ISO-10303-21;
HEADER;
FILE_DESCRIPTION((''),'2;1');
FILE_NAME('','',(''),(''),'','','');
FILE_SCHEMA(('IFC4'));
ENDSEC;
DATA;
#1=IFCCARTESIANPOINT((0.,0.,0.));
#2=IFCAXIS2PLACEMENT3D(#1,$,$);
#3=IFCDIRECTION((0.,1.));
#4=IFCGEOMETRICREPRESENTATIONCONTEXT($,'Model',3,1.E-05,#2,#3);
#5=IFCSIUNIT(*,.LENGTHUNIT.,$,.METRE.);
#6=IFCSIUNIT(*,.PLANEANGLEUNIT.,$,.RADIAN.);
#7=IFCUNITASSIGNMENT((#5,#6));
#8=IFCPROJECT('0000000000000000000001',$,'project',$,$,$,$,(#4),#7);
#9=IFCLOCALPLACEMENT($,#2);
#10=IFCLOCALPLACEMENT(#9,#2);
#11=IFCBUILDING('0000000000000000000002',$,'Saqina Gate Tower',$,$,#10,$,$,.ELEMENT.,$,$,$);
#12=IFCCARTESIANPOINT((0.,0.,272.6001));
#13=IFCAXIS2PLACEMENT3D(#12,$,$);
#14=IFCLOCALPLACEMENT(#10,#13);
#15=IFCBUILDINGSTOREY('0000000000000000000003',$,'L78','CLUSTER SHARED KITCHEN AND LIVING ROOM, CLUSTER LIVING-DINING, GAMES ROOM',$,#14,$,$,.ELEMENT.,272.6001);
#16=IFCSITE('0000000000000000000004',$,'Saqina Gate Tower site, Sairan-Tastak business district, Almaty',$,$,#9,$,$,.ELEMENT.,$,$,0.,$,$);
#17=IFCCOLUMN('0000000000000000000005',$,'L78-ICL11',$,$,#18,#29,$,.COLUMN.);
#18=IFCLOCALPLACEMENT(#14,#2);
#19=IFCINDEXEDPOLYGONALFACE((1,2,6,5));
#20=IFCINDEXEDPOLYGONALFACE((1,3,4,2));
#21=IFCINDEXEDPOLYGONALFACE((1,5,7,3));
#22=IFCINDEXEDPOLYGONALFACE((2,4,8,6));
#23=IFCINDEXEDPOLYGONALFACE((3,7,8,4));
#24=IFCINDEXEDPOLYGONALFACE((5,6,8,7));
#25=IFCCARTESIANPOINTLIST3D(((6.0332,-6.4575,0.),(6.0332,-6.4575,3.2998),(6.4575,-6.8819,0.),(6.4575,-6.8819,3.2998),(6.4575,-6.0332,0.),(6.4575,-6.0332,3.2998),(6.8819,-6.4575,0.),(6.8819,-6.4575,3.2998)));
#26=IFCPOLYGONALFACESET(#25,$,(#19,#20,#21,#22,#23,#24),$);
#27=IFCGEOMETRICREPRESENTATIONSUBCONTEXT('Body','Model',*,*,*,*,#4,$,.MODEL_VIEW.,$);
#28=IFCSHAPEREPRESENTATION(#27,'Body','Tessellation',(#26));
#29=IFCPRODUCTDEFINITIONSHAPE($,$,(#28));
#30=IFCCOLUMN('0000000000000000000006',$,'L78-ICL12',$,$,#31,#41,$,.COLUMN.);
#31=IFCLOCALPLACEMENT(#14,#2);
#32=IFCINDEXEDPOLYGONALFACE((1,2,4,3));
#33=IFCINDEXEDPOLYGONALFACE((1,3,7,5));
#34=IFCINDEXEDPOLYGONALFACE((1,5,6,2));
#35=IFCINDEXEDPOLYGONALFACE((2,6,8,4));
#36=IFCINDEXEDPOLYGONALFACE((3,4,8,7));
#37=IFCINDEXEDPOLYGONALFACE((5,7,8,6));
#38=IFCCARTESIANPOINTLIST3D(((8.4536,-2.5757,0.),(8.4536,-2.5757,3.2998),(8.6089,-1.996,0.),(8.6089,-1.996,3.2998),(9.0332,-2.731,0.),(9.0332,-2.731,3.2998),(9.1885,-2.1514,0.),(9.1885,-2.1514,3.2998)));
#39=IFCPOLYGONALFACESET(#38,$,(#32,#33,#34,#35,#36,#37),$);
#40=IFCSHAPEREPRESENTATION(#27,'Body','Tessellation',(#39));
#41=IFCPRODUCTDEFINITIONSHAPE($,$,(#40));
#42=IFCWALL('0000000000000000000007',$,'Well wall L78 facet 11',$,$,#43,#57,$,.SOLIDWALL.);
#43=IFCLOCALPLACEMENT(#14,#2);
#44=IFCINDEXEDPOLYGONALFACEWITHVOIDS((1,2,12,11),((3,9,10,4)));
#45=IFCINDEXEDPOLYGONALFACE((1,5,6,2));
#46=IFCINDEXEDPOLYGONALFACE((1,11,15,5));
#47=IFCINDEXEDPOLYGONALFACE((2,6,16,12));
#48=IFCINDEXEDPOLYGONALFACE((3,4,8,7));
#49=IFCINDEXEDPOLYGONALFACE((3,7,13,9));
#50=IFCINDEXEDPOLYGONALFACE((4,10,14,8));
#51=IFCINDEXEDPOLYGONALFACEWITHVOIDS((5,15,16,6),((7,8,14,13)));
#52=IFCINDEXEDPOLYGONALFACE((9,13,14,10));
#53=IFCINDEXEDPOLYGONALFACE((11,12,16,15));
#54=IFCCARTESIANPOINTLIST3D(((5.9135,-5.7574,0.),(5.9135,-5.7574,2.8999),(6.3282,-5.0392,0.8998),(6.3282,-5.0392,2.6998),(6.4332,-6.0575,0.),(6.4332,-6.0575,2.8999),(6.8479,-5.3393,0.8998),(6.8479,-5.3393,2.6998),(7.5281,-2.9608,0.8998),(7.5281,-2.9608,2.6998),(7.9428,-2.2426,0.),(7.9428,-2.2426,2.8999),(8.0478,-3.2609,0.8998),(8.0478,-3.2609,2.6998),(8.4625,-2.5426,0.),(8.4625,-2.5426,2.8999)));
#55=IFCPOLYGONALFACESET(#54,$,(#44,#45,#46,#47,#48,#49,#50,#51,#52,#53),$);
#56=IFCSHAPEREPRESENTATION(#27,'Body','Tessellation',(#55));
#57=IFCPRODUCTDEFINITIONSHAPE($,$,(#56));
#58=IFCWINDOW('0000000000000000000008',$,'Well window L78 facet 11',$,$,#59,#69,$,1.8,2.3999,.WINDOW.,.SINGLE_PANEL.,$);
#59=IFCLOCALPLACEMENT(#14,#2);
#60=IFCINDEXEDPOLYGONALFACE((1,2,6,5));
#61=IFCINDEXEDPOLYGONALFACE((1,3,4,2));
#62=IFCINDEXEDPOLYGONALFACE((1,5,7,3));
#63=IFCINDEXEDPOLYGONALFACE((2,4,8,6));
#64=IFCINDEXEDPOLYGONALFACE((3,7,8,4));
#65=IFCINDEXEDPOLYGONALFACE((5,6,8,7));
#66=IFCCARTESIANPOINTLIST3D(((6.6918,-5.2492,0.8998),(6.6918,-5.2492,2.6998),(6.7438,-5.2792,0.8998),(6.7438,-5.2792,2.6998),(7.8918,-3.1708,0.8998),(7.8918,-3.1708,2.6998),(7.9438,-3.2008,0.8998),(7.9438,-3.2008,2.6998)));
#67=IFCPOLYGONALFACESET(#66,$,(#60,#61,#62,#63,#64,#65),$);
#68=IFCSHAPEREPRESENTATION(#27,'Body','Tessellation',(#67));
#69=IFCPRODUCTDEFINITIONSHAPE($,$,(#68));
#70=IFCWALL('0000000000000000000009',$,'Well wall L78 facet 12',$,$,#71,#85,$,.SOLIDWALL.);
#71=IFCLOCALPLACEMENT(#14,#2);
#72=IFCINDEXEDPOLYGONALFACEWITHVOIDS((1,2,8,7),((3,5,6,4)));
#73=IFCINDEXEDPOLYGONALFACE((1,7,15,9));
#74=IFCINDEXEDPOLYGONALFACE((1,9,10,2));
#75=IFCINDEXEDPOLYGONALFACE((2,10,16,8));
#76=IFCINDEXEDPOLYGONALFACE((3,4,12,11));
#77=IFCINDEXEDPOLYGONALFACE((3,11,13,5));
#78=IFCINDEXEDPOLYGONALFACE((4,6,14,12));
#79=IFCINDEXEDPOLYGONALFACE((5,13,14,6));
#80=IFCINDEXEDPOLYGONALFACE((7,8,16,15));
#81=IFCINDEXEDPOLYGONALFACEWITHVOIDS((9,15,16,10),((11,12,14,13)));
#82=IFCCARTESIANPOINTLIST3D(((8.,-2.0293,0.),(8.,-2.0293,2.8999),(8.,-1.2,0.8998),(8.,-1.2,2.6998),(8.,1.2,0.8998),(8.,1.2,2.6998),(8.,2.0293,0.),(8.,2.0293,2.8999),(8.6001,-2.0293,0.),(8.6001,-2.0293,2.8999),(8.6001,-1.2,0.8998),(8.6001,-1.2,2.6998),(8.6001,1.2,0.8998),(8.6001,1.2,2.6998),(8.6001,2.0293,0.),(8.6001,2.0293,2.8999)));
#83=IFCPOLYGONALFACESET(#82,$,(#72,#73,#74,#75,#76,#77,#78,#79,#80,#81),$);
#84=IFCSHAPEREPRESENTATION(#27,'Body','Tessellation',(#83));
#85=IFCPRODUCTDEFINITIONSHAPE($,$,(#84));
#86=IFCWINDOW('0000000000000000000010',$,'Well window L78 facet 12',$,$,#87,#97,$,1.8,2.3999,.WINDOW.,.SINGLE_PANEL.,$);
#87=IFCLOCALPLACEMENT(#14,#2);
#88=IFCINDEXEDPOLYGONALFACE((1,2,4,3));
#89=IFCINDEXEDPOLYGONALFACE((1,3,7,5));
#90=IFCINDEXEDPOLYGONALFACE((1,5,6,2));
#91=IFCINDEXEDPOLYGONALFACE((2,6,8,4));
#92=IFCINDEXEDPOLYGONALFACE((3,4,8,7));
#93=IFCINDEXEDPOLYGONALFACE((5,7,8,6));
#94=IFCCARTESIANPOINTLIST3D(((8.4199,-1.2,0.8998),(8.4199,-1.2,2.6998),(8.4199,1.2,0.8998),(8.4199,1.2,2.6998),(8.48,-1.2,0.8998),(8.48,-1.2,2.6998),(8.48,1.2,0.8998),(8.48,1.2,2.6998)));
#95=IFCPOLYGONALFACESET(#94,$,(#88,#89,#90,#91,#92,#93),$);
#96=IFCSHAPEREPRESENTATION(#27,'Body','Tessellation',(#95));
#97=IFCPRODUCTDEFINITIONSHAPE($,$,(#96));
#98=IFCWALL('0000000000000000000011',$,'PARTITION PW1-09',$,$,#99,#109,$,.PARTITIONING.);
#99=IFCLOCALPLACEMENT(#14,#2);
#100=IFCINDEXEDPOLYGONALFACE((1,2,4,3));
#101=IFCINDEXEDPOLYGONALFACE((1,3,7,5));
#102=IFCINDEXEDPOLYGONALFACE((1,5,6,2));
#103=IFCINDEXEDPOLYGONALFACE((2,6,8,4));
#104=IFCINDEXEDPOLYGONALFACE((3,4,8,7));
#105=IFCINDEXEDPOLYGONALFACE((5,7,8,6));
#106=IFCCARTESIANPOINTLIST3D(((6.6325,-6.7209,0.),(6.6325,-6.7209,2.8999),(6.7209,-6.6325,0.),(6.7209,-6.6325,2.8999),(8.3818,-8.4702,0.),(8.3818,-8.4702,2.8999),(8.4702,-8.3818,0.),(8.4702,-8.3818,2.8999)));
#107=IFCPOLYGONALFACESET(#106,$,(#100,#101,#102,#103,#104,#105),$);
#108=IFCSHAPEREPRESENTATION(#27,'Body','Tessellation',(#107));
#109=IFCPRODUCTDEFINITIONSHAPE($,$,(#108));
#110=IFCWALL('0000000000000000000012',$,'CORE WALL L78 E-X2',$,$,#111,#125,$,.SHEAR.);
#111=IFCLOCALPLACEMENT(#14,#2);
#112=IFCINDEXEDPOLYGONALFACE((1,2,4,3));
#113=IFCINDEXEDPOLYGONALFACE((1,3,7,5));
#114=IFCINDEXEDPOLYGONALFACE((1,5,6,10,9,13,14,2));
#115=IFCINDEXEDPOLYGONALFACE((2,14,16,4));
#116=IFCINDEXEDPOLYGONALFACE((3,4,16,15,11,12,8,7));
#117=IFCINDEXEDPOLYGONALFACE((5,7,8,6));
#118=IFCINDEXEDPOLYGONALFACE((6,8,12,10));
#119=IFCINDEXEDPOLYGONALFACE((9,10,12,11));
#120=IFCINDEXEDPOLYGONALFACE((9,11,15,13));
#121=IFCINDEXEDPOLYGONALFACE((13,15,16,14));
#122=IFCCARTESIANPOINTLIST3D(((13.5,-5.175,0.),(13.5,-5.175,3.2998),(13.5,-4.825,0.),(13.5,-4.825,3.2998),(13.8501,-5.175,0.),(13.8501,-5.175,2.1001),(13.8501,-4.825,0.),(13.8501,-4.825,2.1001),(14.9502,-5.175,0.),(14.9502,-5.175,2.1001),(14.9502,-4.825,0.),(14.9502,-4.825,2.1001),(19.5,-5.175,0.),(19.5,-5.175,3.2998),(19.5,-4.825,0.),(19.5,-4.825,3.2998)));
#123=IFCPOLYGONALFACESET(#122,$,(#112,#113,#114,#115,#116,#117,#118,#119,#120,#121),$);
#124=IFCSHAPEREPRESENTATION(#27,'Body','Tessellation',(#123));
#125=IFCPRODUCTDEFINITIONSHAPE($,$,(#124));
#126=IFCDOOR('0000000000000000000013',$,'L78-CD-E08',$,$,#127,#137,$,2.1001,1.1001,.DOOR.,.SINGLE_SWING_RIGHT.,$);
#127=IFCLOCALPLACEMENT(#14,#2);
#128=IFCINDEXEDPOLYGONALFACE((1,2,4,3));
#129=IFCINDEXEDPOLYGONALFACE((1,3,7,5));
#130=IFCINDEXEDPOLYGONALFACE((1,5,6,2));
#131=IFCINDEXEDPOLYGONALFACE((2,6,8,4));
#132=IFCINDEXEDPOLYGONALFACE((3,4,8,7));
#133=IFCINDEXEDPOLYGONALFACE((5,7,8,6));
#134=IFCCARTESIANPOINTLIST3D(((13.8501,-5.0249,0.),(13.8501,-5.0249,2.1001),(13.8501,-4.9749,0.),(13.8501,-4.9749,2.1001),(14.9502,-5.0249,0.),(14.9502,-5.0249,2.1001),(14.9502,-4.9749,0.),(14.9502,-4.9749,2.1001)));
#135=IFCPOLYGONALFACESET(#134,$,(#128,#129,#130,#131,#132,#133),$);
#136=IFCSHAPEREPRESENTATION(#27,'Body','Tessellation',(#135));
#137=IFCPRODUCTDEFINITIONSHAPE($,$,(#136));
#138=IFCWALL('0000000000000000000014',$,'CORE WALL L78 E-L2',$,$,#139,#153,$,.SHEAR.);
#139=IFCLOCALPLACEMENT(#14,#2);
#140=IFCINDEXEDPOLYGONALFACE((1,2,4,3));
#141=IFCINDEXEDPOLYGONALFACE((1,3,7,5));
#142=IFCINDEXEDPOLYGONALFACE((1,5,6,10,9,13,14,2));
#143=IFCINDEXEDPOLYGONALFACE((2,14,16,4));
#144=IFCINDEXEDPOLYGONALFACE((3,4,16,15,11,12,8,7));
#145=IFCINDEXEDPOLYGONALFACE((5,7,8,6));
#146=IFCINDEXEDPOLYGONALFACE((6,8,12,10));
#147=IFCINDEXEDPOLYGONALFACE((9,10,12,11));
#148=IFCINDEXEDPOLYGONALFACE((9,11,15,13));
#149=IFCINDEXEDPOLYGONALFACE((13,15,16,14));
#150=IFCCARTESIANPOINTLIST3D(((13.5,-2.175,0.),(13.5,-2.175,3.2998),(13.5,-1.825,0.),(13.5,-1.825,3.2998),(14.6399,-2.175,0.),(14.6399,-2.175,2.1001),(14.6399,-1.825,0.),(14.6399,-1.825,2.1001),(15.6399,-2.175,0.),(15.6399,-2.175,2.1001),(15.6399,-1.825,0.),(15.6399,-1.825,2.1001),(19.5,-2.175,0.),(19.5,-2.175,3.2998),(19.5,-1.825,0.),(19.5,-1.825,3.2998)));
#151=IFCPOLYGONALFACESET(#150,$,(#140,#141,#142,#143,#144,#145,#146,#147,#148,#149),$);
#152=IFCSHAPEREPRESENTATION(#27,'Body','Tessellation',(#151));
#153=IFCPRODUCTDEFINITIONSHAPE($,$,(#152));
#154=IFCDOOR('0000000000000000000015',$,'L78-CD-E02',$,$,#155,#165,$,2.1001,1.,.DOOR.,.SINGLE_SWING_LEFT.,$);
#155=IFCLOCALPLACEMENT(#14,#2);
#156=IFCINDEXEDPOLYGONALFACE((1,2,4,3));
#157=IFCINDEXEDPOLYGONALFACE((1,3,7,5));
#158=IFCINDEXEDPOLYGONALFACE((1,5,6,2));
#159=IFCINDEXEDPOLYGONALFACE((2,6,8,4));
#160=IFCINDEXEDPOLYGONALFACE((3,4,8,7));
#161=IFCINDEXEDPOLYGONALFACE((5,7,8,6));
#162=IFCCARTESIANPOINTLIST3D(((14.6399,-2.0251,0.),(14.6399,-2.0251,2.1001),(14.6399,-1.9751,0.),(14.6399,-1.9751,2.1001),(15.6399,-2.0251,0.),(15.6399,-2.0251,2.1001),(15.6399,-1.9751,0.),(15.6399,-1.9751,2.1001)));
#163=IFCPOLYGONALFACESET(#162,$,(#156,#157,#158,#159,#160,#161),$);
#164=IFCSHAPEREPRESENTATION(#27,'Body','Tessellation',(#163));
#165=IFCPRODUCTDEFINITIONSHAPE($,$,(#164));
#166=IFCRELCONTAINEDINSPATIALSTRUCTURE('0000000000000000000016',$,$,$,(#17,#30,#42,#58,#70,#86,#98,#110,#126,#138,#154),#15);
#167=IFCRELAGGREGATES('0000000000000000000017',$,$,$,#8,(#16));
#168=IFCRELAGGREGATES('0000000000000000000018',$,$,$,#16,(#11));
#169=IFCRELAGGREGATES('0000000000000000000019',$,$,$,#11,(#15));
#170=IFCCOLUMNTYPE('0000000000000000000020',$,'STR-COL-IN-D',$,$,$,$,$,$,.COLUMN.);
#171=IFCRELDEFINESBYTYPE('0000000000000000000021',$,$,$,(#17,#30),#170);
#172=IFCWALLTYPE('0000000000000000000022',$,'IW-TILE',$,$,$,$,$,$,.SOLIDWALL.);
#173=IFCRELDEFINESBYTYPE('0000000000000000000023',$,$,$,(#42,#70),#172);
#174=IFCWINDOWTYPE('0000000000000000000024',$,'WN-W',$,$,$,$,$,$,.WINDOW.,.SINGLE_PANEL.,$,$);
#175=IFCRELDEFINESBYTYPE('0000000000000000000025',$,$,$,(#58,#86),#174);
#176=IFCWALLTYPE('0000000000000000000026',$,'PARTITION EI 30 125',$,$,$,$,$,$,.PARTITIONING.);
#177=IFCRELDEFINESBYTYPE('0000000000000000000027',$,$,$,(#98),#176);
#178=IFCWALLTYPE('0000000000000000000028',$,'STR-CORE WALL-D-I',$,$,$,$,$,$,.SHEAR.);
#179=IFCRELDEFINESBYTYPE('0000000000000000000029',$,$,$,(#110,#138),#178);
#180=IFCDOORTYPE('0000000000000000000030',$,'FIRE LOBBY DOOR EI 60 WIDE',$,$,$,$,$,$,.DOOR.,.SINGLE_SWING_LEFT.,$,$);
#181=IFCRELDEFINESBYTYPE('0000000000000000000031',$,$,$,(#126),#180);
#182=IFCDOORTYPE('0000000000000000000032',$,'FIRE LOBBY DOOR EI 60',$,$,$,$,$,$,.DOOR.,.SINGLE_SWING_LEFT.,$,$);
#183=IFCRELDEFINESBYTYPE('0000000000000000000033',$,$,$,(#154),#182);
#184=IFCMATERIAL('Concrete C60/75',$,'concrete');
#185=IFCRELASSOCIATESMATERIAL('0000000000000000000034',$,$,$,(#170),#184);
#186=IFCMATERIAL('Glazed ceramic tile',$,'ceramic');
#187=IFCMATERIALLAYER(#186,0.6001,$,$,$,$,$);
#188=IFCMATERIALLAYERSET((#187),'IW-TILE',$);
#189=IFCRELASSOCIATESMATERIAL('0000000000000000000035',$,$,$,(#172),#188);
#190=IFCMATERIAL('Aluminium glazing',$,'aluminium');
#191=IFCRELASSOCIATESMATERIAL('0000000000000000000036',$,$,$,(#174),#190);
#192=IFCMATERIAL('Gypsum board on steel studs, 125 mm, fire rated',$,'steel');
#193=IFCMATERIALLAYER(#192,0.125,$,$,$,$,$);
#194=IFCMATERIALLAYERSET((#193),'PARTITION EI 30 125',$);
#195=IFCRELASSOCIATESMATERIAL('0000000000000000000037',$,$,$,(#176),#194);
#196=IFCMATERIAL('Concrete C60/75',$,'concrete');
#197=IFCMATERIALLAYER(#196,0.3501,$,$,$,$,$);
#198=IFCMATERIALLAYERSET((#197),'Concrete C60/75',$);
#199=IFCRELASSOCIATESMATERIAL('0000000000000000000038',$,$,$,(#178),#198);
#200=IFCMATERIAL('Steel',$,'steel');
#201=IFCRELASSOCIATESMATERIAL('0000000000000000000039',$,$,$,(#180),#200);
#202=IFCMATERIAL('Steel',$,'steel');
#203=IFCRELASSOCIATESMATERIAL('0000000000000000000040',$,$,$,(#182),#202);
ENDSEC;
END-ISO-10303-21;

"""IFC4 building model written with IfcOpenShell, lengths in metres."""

from ifc_helpers import new_model, si_unit, direction, frame, frame_2d, origin, origin_2d, place, context, subcontext, project, spatial, rectangle, extrude, material, layer, layer_set, material_profile, profile_set, type_object, element, fill, save


model = new_model("IFC4")

# Units and contexts
model_context = context("Model", 3, precision=1e-05, world=origin(), true_north=direction((0.0, 1.0)))
body_context = subcontext(model_context, "Body", "Model", "MODEL_VIEW")
ifc_project = project(units=[si_unit("LENGTHUNIT", "METRE"), si_unit("PLANEANGLEUNIT", "RADIAN")], contexts=[model_context])

# Site, building, storey
site_placement = place(None, origin())
site = spatial("IfcSite", under=ifc_project, at=site_placement, Name="Saqina Gate Tower site, Sairan-Tastak business district, Almaty", CompositionType="ELEMENT", RefElevation=0.0)
building_placement = place(site_placement, origin())
building = spatial("IfcBuilding", under=site, at=building_placement, Name="Saqina Gate Tower", CompositionType="ELEMENT")
storey_placement = place(building_placement, frame((0.0, 0.0, 272.6001)))
storey = spatial("IfcBuildingStorey", under=building, at=storey_placement, Name="L78", Description="CLUSTER SHARED KITCHEN AND LIVING ROOM, CLUSTER LIVING-DINING, GAMES ROOM", CompositionType="ELEMENT", Elevation=272.6001)

# Columns
ifc_material_1 = material(Name="Concrete C60/75", Category="concrete")
ifc_material_profile = material_profile(ifc_material_1, rectangle(XDim=0.6001, YDim=0.6001, at=origin_2d()), Name="RC 600x600")
ifc_profile_set = profile_set([ifc_material_profile], Name="Concrete C60/75")
column_type = type_object("IfcColumnType", Name="STR-COL-IN-D", PredefinedType="COLUMN", material=ifc_profile_set)
for number, where, z_axis, x_axis, name in (
    (1, (6.4575, -6.4575, 0.0), (0.0, 0.0, 1.0), (0.707107, -0.707107, 0.0), "L78-ICL11"),
    (2, (8.821, -2.3635, 0.0), (0.0, 0.0, 1.0), (0.965926, -0.258819, 0.0), "L78-ICL12"),
):
    element("IfcColumn", number, at=place(storey_placement, frame(where, z_axis=z_axis, x_axis=x_axis)), inside=storey, type_object=column_type, Name=name, PredefinedType="COLUMN", context=body_context, shape_type="SweptSolid", body=[
        extrude(rectangle(XDim=0.6001, YDim=0.6001, at=origin_2d()), origin(), (0.0, 0.0, 1.0), 3.2998),
    ])

# Walls, openings, windows
ifc_material_2 = material(Name="Glazed ceramic tile", Category="ceramic")
ifc_layer_1 = layer(ifc_material_2, 0.6001)
ifc_layer_set_1 = layer_set([ifc_layer_1], Name="IW-TILE")
wall_type_1 = type_object("IfcWallType", Name="IW-TILE", PredefinedType="SOLIDWALL", material=ifc_layer_set_1)
wall_1_placement = place(storey_placement, frame((6.1733, -5.9075, 0.0), z_axis=(0.0, 0.0, 1.0), x_axis=(0.499995, 0.866028, 0.0)))
wall_1 = element("IfcWall", 3, at=wall_1_placement, inside=storey, type_object=wall_type_1, Name="Well wall L78 facet 11", PredefinedType="SOLIDWALL", context=body_context, shape_type="SweptSolid", body=[
    extrude(rectangle(XDim=4.0586, YDim=0.6001, at=frame_2d((2.0293, 0.0))), origin(), (0.0, 0.0, 1.0), 2.8999),
])
opening_1_placement = place(wall_1_placement, frame((0.8293, 0.0, 0.8999)))
opening_1 = element("IfcOpeningElement", 4, at=opening_1_placement, cuts=wall_1, PredefinedType="OPENING", context=body_context, shape_type="SweptSolid", body=[
    extrude(rectangle(XDim=2.3999, YDim=1.8, at=frame_2d((1.2, 0.8999))), frame((0.0, 0.312, 0.0), z_axis=(0.0, -1.0, 0.0), x_axis=(1.0, 0.0, 0.0)), (0.0, 0.0, 1.0), 0.624),
])
ifc_material_3 = material(Name="Aluminium glazing", Category="aluminium")
window_type = type_object("IfcWindowType", Name="WN-W", PartitioningType="SINGLE_PANEL", PredefinedType="WINDOW", material=ifc_material_3)
window_1_placement = place(opening_1_placement, origin())
window_1 = element("IfcWindow", 5, at=window_1_placement, inside=storey, type_object=window_type, Name="Well window L78 facet 11", OverallHeight=1.8, OverallWidth=2.3999, PartitioningType="SINGLE_PANEL", PredefinedType="WINDOW", context=body_context, shape_type="SweptSolid", body=[
    extrude(rectangle(XDim=2.3999, YDim=1.8, at=frame_2d((1.2, 0.8999))), frame((0.0, -0.1199, 0.0), z_axis=(0.0, -1.0, 0.0), x_axis=(1.0, 0.0, 0.0)), (0.0, 0.0, 1.0), 0.0601),
])
fill(opening_1, window_1)
wall_2_placement = place(storey_placement, frame((8.3, -2.0293, 0.0), z_axis=(0.0, 0.0, 1.0), x_axis=(0.0, 1.0, 0.0)))
wall_2 = element("IfcWall", 6, at=wall_2_placement, inside=storey, type_object=wall_type_1, Name="Well wall L78 facet 12", PredefinedType="SOLIDWALL", context=body_context, shape_type="SweptSolid", body=[
    extrude(rectangle(XDim=4.0586, YDim=0.6001, at=frame_2d((2.0293, 0.0))), origin(), (0.0, 0.0, 1.0), 2.8999),
])
opening_2_placement = place(wall_2_placement, frame((0.8293, 0.0, 0.8999)))
opening_2 = element("IfcOpeningElement", 7, at=opening_2_placement, cuts=wall_2, PredefinedType="OPENING", context=body_context, shape_type="SweptSolid", body=[
    extrude(rectangle(XDim=2.3999, YDim=1.8, at=frame_2d((1.2, 0.8999))), frame((0.0, 0.312, 0.0), z_axis=(0.0, -1.0, 0.0), x_axis=(1.0, 0.0, 0.0)), (0.0, 0.0, 1.0), 0.624),
])
window_2_placement = place(opening_2_placement, origin())
window_2 = element("IfcWindow", 8, at=window_2_placement, inside=storey, type_object=window_type, Name="Well window L78 facet 12", OverallHeight=1.8, OverallWidth=2.3999, PartitioningType="SINGLE_PANEL", PredefinedType="WINDOW", context=body_context, shape_type="SweptSolid", body=[
    extrude(rectangle(XDim=2.3999, YDim=1.8, at=frame_2d((1.2, 0.8999))), frame((0.0, -0.1199, 0.0), z_axis=(0.0, -1.0, 0.0), x_axis=(1.0, 0.0, 0.0)), (0.0, 0.0, 1.0), 0.0601),
])
fill(opening_2, window_2)

# Wall
ifc_material_4 = material(Name="Gypsum board on steel studs, 125 mm, fire rated", Category="steel")
ifc_layer_2 = layer(ifc_material_4, 0.125)
ifc_layer_set_2 = layer_set([ifc_layer_2], Name="PARTITION EI 30 125")
wall_type_2 = type_object("IfcWallType", Name="PARTITION EI 30 125", PredefinedType="PARTITIONING", material=ifc_layer_set_2)
wall_3_placement = place(storey_placement, frame((6.6768, -6.6768, 0.0), z_axis=(0.0, 0.0, 1.0), x_axis=(0.707107, -0.707107, 0.0)))
element("IfcWall", 9, at=wall_3_placement, inside=storey, type_object=wall_type_2, Name="PARTITION PW1-09", PredefinedType="PARTITIONING", context=body_context, shape_type="SweptSolid", body=[
    extrude(rectangle(XDim=2.4739, YDim=0.125, at=frame_2d((1.2368, 0.0))), origin(), (0.0, 0.0, 1.0), 2.8999),
])

# Walls, openings, doors
ifc_material_5 = material(Name="Concrete C60/75", Category="concrete")
ifc_layer_3 = layer(ifc_material_5, 0.3501)
ifc_layer_set_3 = layer_set([ifc_layer_3], Name="Concrete C60/75")
wall_type_3 = type_object("IfcWallType", Name="STR-CORE WALL-D-I", PredefinedType="SHEAR", material=ifc_layer_set_3)
wall_4_placement = place(storey_placement, frame((13.5, -5.0, 0.0), z_axis=(0.0, 0.0, 1.0), x_axis=(1.0, 0.0, 0.0)))
wall_4 = element("IfcWall", 10, at=wall_4_placement, inside=storey, type_object=wall_type_3, Name="CORE WALL L78 E-X2", PredefinedType="SHEAR", context=body_context, shape_type="SweptSolid", body=[
    extrude(rectangle(XDim=6.0, YDim=0.3501, at=frame_2d((3.0, 0.0))), origin(), (0.0, 0.0, 1.0), 3.2998),
])
opening_3_placement = place(wall_4_placement, frame((0.3501, 0.0, 0.0)))
opening_3 = element("IfcOpeningElement", 11, at=opening_3_placement, cuts=wall_4, PredefinedType="OPENING", context=body_context, shape_type="SweptSolid", body=[
    extrude(rectangle(XDim=1.1001, YDim=2.1001, at=frame_2d((0.55, 1.05))), frame((0.0, 0.187, 0.0), z_axis=(0.0, -1.0, 0.0), x_axis=(1.0, 0.0, 0.0)), (0.0, 0.0, 1.0), 0.374),
])
ifc_material_6 = material(Name="Steel", Category="steel")
door_type_1 = type_object("IfcDoorType", Name="FIRE LOBBY DOOR EI 60 WIDE", OperationType="SINGLE_SWING_LEFT", PredefinedType="DOOR", material=ifc_material_6)
door_1_placement = place(opening_3_placement, frame((1.1001, 0.0, 0.0), z_axis=(0.0, 0.0, 1.0), x_axis=(-1.0, 0.0, 0.0)))
door_1 = element("IfcDoor", 12, at=door_1_placement, inside=storey, type_object=door_type_1, Name="L78-CD-E08", OperationType="SINGLE_SWING_RIGHT", OverallHeight=2.1001, OverallWidth=1.1001, PredefinedType="DOOR", context=body_context, shape_type="SweptSolid", body=[
    extrude(rectangle(XDim=1.1001, YDim=2.1001, at=frame_2d((0.55, 1.05))), frame((0.0, 0.0249, 0.0), z_axis=(0.0, -1.0, 0.0), x_axis=(1.0, 0.0, 0.0)), (0.0, 0.0, 1.0), 0.05),
])
fill(opening_3, door_1)
wall_5_placement = place(storey_placement, frame((13.5, -2.0, 0.0), z_axis=(0.0, 0.0, 1.0), x_axis=(1.0, 0.0, 0.0)))
wall_5 = element("IfcWall", 13, at=wall_5_placement, inside=storey, type_object=wall_type_3, Name="CORE WALL L78 E-L2", PredefinedType="SHEAR", context=body_context, shape_type="SweptSolid", body=[
    extrude(rectangle(XDim=6.0, YDim=0.3501, at=frame_2d((3.0, 0.0))), origin(), (0.0, 0.0, 1.0), 3.2998),
])
opening_4_placement = place(wall_5_placement, frame((1.1399, 0.0, 0.0)))
opening_4 = element("IfcOpeningElement", 14, at=opening_4_placement, cuts=wall_5, PredefinedType="OPENING", context=body_context, shape_type="SweptSolid", body=[
    extrude(rectangle(XDim=1.0, YDim=2.1001, at=frame_2d((0.5, 1.05))), frame((0.0, 0.187, 0.0), z_axis=(0.0, -1.0, 0.0), x_axis=(1.0, 0.0, 0.0)), (0.0, 0.0, 1.0), 0.374),
])
ifc_material_7 = material(Name="Steel", Category="steel")
door_type_2 = type_object("IfcDoorType", Name="FIRE LOBBY DOOR EI 60", OperationType="SINGLE_SWING_LEFT", PredefinedType="DOOR", material=ifc_material_7)
door_2_placement = place(opening_4_placement, origin())
door_2 = element("IfcDoor", 15, at=door_2_placement, inside=storey, type_object=door_type_2, Name="L78-CD-E02", OperationType="SINGLE_SWING_LEFT", OverallHeight=2.1001, OverallWidth=1.0, PredefinedType="DOOR", context=body_context, shape_type="SweptSolid", body=[
    extrude(rectangle(XDim=1.0, YDim=2.1001, at=frame_2d((0.5, 1.05))), frame((0.0, 0.0249, 0.0), z_axis=(0.0, -1.0, 0.0), x_axis=(1.0, 0.0, 0.0)), (0.0, 0.0, 1.0), 0.05),
])
fill(opening_4, door_2)

save(model, "model.ifc")
